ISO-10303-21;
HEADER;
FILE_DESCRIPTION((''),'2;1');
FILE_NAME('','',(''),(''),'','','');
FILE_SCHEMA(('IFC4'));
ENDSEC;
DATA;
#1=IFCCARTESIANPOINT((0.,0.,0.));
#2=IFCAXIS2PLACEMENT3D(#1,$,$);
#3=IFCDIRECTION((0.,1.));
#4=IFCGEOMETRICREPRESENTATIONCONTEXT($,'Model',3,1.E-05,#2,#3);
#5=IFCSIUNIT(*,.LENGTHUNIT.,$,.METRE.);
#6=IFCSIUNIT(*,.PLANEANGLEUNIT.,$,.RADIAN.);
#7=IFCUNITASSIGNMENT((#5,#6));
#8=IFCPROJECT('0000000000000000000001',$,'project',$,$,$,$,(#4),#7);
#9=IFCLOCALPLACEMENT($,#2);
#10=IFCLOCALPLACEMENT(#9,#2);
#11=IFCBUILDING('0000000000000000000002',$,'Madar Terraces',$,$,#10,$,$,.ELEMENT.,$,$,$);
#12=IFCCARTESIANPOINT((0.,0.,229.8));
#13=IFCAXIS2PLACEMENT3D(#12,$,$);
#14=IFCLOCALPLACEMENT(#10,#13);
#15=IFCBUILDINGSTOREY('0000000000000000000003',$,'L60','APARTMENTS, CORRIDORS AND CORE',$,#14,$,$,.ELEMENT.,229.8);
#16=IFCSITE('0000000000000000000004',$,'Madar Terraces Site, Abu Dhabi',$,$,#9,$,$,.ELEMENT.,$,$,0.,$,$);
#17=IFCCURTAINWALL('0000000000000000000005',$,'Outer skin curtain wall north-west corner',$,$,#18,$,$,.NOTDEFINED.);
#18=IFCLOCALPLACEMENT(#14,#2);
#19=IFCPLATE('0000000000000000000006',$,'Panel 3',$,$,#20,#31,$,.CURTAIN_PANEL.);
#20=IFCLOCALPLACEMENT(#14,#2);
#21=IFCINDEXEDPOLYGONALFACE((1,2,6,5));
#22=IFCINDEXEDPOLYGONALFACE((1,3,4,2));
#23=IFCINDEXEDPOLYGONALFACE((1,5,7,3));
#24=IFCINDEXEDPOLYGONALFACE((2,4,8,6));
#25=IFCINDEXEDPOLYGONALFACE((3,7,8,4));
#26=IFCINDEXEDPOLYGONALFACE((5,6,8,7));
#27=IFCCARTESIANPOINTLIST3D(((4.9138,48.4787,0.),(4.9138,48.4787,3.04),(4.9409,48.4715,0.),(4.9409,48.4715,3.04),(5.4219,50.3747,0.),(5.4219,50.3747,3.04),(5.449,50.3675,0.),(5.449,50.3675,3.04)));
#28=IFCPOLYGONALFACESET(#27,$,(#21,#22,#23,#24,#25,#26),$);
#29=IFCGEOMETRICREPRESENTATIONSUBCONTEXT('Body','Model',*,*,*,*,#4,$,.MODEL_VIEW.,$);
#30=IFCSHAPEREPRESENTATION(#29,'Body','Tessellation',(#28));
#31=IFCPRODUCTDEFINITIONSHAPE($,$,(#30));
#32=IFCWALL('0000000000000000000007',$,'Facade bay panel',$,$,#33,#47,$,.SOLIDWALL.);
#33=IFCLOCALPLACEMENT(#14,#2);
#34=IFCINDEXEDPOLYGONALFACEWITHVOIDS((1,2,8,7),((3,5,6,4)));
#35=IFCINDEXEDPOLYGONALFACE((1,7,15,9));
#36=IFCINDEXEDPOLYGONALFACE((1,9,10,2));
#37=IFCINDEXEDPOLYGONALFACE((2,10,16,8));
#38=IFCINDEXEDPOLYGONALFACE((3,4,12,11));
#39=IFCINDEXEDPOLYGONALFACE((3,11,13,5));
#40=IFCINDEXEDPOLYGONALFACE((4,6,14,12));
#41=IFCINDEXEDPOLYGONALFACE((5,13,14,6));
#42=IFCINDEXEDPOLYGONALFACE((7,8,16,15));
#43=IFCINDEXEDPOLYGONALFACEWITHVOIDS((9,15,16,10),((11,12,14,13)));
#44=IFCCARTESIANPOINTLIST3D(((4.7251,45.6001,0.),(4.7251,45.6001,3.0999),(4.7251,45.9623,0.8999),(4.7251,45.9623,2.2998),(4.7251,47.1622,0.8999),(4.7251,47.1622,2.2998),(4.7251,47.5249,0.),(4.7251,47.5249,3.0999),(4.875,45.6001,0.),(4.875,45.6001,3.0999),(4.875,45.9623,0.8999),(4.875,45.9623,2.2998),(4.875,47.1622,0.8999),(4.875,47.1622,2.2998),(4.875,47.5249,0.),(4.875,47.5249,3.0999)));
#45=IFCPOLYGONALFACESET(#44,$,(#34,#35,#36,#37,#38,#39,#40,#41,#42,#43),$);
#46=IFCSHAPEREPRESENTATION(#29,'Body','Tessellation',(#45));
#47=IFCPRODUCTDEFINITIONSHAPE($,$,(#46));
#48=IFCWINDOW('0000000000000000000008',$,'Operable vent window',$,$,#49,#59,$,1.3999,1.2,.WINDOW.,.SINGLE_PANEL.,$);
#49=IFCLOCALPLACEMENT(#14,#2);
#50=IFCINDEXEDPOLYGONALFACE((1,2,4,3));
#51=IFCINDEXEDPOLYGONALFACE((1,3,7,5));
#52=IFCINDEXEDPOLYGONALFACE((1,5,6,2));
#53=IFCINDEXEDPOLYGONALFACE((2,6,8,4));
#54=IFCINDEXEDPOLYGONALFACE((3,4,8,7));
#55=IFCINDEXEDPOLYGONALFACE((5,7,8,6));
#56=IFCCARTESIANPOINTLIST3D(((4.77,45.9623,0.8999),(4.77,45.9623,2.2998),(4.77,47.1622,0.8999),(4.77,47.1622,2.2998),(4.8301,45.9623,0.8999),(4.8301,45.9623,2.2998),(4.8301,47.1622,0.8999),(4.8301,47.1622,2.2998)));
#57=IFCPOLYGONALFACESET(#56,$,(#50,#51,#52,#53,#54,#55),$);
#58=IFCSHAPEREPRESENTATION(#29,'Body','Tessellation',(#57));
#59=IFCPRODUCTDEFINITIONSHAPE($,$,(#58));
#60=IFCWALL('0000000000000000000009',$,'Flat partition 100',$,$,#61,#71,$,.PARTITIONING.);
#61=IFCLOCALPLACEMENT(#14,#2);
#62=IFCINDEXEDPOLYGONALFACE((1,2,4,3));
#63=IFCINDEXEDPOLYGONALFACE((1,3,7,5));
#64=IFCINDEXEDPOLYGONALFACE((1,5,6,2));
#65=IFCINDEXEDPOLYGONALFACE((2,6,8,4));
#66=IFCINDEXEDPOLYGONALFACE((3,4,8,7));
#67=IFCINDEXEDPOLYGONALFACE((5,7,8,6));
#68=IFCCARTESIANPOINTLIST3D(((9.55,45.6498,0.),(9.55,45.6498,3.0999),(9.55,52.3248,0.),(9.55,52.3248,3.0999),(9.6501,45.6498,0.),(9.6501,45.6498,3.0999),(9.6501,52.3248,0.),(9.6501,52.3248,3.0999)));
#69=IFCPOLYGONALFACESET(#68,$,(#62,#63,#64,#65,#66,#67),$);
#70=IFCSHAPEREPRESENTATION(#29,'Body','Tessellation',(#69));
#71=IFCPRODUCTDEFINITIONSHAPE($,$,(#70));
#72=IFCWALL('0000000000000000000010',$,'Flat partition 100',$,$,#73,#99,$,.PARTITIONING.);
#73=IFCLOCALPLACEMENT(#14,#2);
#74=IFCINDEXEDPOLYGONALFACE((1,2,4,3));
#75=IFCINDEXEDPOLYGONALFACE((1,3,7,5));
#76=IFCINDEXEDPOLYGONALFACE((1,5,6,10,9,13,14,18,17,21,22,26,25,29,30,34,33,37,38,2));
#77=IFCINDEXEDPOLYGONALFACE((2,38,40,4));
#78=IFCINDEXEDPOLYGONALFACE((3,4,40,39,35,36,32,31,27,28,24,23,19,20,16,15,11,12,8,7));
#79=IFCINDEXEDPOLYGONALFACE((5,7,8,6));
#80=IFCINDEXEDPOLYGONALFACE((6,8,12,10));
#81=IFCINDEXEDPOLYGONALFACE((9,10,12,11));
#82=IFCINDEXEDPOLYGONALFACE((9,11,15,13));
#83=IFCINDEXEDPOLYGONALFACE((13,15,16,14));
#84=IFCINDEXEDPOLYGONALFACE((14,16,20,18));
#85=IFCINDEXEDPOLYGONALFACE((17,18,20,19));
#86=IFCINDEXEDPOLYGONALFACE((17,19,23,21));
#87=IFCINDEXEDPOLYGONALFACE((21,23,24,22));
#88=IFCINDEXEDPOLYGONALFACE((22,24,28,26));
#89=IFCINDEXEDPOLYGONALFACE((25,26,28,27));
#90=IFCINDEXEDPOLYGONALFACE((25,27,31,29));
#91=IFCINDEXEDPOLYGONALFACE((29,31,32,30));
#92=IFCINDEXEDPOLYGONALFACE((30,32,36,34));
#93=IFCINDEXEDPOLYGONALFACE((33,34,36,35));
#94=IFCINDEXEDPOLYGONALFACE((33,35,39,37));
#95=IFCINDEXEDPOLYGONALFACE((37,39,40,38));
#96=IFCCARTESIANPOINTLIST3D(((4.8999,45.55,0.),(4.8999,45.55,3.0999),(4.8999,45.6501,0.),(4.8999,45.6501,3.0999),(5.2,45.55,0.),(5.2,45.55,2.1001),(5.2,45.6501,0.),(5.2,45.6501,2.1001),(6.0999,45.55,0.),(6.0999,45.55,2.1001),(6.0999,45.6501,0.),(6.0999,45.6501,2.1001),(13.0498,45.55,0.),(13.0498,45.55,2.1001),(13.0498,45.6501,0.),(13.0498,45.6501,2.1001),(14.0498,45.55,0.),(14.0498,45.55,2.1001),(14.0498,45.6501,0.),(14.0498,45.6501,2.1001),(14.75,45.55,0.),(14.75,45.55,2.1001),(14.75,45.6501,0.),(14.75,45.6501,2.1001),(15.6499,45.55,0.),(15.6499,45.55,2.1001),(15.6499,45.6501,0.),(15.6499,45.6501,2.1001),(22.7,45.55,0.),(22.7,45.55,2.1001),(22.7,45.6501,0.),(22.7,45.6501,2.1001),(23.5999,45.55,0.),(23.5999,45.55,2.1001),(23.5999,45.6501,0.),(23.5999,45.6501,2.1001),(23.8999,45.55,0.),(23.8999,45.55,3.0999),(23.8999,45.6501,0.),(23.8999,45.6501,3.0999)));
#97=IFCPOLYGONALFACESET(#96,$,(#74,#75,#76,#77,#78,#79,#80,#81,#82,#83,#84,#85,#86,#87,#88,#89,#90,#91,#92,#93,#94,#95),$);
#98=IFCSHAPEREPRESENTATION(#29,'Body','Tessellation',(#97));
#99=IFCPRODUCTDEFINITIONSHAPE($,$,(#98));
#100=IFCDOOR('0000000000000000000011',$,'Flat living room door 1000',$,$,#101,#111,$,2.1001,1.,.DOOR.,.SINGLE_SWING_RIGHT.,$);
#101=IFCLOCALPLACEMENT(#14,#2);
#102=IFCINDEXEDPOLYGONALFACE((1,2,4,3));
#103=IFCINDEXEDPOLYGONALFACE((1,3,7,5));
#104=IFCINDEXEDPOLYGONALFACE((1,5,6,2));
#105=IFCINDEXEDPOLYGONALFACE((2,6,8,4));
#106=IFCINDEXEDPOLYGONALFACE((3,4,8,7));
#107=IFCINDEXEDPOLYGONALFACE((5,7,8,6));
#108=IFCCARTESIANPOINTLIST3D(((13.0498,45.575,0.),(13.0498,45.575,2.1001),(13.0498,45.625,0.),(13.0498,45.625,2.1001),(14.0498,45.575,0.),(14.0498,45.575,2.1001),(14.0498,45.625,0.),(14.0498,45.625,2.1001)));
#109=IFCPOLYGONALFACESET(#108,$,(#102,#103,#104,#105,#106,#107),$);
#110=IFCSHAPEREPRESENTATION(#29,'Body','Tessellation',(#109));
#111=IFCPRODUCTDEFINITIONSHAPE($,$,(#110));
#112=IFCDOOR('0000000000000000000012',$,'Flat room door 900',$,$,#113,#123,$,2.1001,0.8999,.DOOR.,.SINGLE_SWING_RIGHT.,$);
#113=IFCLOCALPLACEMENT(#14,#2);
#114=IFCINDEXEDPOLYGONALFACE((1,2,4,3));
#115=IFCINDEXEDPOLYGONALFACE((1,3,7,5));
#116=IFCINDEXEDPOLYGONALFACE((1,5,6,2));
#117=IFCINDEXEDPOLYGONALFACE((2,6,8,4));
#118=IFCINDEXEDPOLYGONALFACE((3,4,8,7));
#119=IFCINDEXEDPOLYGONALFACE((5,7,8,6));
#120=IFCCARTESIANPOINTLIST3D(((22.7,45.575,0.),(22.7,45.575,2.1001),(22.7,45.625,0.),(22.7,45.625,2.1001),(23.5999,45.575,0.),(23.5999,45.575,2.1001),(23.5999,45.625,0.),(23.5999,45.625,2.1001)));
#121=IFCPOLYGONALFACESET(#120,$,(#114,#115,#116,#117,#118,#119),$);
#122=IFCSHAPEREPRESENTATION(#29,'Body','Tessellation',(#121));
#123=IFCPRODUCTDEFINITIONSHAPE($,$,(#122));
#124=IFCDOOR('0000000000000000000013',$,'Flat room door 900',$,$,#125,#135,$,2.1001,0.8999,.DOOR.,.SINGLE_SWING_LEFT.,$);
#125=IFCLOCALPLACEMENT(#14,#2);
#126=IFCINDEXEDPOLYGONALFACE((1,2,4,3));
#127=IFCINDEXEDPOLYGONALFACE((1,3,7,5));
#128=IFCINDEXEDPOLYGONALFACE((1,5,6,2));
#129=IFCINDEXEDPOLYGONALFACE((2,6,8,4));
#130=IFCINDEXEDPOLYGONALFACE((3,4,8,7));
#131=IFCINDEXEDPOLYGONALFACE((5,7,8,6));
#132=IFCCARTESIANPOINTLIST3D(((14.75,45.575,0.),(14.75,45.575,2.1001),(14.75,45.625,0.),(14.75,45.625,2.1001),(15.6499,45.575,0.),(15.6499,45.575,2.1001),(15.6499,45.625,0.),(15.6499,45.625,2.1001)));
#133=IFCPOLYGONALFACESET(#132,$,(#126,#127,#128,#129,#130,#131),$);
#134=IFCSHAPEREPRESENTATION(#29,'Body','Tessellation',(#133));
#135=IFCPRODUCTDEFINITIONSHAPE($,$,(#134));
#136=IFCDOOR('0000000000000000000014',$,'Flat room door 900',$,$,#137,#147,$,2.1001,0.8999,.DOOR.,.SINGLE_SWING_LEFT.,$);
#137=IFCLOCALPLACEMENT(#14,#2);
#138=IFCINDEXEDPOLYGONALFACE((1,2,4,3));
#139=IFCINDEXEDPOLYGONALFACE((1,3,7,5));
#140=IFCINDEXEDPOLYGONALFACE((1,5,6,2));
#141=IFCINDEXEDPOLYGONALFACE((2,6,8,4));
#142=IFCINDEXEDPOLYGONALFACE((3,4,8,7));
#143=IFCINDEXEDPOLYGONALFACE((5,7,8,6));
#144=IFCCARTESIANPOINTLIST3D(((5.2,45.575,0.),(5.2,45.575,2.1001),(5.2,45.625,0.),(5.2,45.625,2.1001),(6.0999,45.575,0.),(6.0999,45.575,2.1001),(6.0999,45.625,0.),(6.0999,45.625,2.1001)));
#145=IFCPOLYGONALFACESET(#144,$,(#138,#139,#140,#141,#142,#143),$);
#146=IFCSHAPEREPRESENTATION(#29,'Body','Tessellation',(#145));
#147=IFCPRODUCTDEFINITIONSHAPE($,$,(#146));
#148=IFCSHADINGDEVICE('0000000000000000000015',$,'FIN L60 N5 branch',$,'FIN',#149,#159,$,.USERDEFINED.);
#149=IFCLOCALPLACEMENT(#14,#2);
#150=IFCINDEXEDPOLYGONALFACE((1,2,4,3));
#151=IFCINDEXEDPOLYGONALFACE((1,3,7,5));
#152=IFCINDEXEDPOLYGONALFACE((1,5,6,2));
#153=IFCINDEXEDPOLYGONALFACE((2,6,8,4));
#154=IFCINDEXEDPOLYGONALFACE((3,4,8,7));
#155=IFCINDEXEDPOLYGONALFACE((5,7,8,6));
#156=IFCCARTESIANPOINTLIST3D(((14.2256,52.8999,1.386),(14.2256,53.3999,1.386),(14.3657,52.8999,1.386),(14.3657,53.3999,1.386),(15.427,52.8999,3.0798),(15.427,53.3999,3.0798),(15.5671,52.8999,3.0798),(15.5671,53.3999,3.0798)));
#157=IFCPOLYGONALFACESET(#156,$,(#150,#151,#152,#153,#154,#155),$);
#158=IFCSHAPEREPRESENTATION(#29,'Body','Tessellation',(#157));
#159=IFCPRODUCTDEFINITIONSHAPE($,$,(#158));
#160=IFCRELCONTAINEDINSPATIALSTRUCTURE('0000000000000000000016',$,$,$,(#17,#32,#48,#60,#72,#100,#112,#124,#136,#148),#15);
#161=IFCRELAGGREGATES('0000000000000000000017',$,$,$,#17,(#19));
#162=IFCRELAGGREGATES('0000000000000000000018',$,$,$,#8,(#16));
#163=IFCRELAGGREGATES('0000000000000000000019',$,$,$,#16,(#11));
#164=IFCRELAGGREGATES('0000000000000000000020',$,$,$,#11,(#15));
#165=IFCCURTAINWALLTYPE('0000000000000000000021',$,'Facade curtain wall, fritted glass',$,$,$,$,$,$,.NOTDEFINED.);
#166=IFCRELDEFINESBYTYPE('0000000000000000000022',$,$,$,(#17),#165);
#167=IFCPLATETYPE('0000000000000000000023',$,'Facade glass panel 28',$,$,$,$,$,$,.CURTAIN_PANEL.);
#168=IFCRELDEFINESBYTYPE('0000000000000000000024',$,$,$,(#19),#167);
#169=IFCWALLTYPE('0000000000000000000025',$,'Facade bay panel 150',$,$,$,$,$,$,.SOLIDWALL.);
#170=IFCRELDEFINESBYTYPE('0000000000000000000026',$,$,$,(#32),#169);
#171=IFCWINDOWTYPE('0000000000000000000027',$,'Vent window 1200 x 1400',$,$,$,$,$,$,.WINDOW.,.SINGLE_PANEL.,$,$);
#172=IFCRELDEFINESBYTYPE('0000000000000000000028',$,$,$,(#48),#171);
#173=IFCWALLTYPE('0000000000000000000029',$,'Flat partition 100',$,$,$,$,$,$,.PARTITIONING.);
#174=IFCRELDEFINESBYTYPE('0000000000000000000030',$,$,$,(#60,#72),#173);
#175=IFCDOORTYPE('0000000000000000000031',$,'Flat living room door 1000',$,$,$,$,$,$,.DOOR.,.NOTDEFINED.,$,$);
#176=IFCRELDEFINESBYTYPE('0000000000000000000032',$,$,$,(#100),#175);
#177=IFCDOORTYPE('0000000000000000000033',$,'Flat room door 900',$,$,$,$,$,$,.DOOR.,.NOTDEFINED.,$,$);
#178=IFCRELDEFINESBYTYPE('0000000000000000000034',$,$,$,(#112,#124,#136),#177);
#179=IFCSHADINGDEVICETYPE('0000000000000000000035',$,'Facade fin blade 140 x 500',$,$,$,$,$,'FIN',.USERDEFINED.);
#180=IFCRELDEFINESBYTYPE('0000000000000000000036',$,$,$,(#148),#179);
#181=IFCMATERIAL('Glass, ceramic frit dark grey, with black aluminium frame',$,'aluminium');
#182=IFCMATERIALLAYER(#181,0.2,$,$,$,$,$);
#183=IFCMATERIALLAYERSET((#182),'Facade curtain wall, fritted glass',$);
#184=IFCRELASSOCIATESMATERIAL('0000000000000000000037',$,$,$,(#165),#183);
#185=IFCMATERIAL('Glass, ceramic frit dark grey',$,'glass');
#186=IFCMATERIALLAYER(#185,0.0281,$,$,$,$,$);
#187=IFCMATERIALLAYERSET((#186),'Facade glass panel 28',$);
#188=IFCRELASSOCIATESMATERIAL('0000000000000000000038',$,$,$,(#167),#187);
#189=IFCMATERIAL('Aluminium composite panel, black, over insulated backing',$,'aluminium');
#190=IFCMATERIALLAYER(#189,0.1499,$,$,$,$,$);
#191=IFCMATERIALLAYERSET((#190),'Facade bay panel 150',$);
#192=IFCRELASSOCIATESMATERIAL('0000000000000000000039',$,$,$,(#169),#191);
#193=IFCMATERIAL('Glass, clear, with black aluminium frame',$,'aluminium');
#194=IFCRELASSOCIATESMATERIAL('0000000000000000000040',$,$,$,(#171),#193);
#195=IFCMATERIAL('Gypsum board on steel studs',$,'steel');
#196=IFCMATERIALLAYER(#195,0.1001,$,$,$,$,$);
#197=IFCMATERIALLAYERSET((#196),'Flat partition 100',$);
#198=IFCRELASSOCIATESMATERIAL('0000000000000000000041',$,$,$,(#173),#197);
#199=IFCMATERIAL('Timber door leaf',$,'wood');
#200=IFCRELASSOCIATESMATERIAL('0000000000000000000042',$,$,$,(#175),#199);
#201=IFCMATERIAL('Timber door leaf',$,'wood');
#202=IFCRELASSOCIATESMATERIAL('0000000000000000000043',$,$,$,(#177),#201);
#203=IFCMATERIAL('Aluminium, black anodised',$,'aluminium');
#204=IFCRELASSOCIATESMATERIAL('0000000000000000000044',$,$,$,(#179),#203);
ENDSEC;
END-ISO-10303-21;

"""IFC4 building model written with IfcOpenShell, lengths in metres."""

from ifc_helpers import new_model, si_unit, direction, frame, frame_2d, origin, origin_2d, place, context, subcontext, project, spatial, polyline, rectangle, outline, extrude, material, layer, layer_set, type_object, element, fill, aggregate, save


model = new_model("IFC4")

# Units and contexts
model_context = context("Model", 3, precision=1e-05, world=origin(), true_north=direction((0.0, 1.0)))
body_context = subcontext(model_context, "Body", "Model", "MODEL_VIEW")
ifc_project = project(units=[si_unit("LENGTHUNIT", "METRE"), si_unit("PLANEANGLEUNIT", "RADIAN")], contexts=[model_context])

# Site, building, storey
site_placement = place(None, origin())
site = spatial("IfcSite", under=ifc_project, at=site_placement, Name="Madar Terraces Site, Abu Dhabi", CompositionType="ELEMENT", RefElevation=0.0)
building_placement = place(site_placement, origin())
building = spatial("IfcBuilding", under=site, at=building_placement, Name="Madar Terraces", CompositionType="ELEMENT")
storey_placement = place(building_placement, frame((0.0, 0.0, 229.8)))
storey = spatial("IfcBuildingStorey", under=building, at=storey_placement, Name="L60", Description="APARTMENTS, CORRIDORS AND CORE", CompositionType="ELEMENT", Elevation=229.8)

# Shared definitions
ifc_material_1 = material(Name="Glass, ceramic frit dark grey, with black aluminium frame", Category="aluminium")
ifc_layer_1 = layer(ifc_material_1, 0.2)
ifc_layer_set_1 = layer_set([ifc_layer_1], Name="Facade curtain wall, fritted glass")
curtain_wall_type = type_object("IfcCurtainWallType", Name="Facade curtain wall, fritted glass", PredefinedType="NOTDEFINED", material=ifc_layer_set_1)

# Curtain wall
curtain_wall_1_placement = place(storey_placement, origin())
curtain_wall_1 = element("IfcCurtainWall", 1, at=curtain_wall_1_placement, inside=storey, type_object=curtain_wall_type, Name="Outer skin curtain wall north-west corner", PredefinedType="NOTDEFINED")

# Shared definitions
ifc_material_2 = material(Name="Glass, ceramic frit dark grey", Category="glass")
ifc_layer_2 = layer(ifc_material_2, 0.0281)
ifc_layer_set_2 = layer_set([ifc_layer_2], Name="Facade glass panel 28")
plate_type = type_object("IfcPlateType", Name="Facade glass panel 28", PredefinedType="CURTAIN_PANEL", material=ifc_layer_set_2)

# Plate
plate_1_placement = place(storey_placement, frame((5.1814, 49.4231, 0.0), z_axis=(0.0, 0.0, 1.0), x_axis=(-0.258819, -0.965926, 0.0)))
plate_1 = element("IfcPlate", 2, at=plate_1_placement, type_object=plate_type, Name="Panel 3", PredefinedType="CURTAIN_PANEL", context=body_context, shape_type="SweptSolid", body=[
    extrude(rectangle(XDim=1.9629, YDim=0.0281, at=origin_2d()), origin(), (0.0, 0.0, 1.0), 3.04),
])
aggregate(curtain_wall_1, [plate_1])

# Wall, opening, window
ifc_material_3 = material(Name="Aluminium composite panel, black, over insulated backing", Category="aluminium")
ifc_layer_3 = layer(ifc_material_3, 0.1499)
ifc_layer_set_3 = layer_set([ifc_layer_3], Name="Facade bay panel 150")
wall_type_1 = type_object("IfcWallType", Name="Facade bay panel 150", PredefinedType="SOLIDWALL", material=ifc_layer_set_3)
wall_1_placement = place(storey_placement, frame((4.8, 47.5249, 0.0), z_axis=(0.0, 0.0, 1.0), x_axis=(0.0, -1.0, 0.0)))
wall_1 = element("IfcWall", 3, at=wall_1_placement, inside=storey, type_object=wall_type_1, Name="Facade bay panel", PredefinedType="SOLIDWALL", context=body_context, shape_type="SweptSolid", body=[
    extrude(rectangle(XDim=1.9248, YDim=0.1499, at=frame_2d((0.9624, 0.0))), origin(), (0.0, 0.0, 1.0), 3.0999),
])
opening_1_placement = place(wall_1_placement, frame((0.3625, 0.0, 0.8999)))
opening_1 = element("IfcOpeningElement", 4, at=opening_1_placement, cuts=wall_1, PredefinedType="OPENING", context=body_context, shape_type="SweptSolid", body=[
    extrude(rectangle(XDim=1.2, YDim=1.3999, at=frame_2d((0.6001, 0.7))), frame((0.0, 0.085, 0.0), z_axis=(0.0, -1.0, 0.0), x_axis=(1.0, 0.0, 0.0)), (0.0, 0.0, 1.0), 0.1699),
])
ifc_material_4 = material(Name="Glass, clear, with black aluminium frame", Category="aluminium")
window_type = type_object("IfcWindowType", Name="Vent window 1200 x 1400", PartitioningType="SINGLE_PANEL", PredefinedType="WINDOW", material=ifc_material_4)
window_placement = place(opening_1_placement, origin())
window = element("IfcWindow", 5, at=window_placement, inside=storey, type_object=window_type, Name="Operable vent window", OverallHeight=1.3999, OverallWidth=1.2, PartitioningType="SINGLE_PANEL", PredefinedType="WINDOW", context=body_context, shape_type="SweptSolid", body=[
    extrude(rectangle(XDim=1.2, YDim=1.3999, at=frame_2d((0.6001, 0.7))), frame((0.0, 0.03, 0.0), z_axis=(0.0, -1.0, 0.0), x_axis=(1.0, 0.0, 0.0)), (0.0, 0.0, 1.0), 0.0601),
])
fill(opening_1, window)

# Wall
ifc_material_5 = material(Name="Gypsum board on steel studs", Category="steel")
ifc_layer_4 = layer(ifc_material_5, 0.1001)
ifc_layer_set_4 = layer_set([ifc_layer_4], Name="Flat partition 100")
wall_type_2 = type_object("IfcWallType", Name="Flat partition 100", PredefinedType="PARTITIONING", material=ifc_layer_set_4)
wall_2_placement = place(storey_placement, frame((9.6001, 45.6499, 0.0), z_axis=(0.0, 0.0, 1.0), x_axis=(0.0, 1.0, 0.0)))
element("IfcWall", 6, at=wall_2_placement, inside=storey, type_object=wall_type_2, Name="Flat partition 100", PredefinedType="PARTITIONING", context=body_context, shape_type="SweptSolid", body=[
    extrude(rectangle(XDim=6.675, YDim=0.1001, at=frame_2d((3.3374, 0.0))), origin(), (0.0, 0.0, 1.0), 3.0999),
])

# Wall, openings, doors
wall_3_placement = place(storey_placement, frame((4.8999, 45.6001, 0.0), z_axis=(0.0, 0.0, 1.0), x_axis=(1.0, 0.0, 0.0)))
wall_3 = element("IfcWall", 7, at=wall_3_placement, inside=storey, type_object=wall_type_2, Name="Flat partition 100", PredefinedType="PARTITIONING", context=body_context, shape_type="SweptSolid", body=[
    extrude(rectangle(XDim=19.0, YDim=0.1001, at=frame_2d((9.5, 0.0))), origin(), (0.0, 0.0, 1.0), 3.0999),
])
opening_2_placement = place(wall_3_placement, frame((17.8, 0.0, 0.0)))
opening_2 = element("IfcOpeningElement", 8, at=opening_2_placement, cuts=wall_3, PredefinedType="OPENING", context=body_context, shape_type="SweptSolid", body=[
    extrude(rectangle(XDim=0.8999, YDim=2.1001, at=frame_2d((0.45, 1.05))), frame((0.0, 0.0601, 0.0), z_axis=(0.0, -1.0, 0.0), x_axis=(1.0, 0.0, 0.0)), (0.0, 0.0, 1.0), 0.1201),
])
opening_3_placement = place(wall_3_placement, frame((9.8501, 0.0, 0.0)))
opening_3 = element("IfcOpeningElement", 9, at=opening_3_placement, cuts=wall_3, PredefinedType="OPENING", context=body_context, shape_type="SweptSolid", body=[
    extrude(rectangle(XDim=0.8999, YDim=2.1001, at=frame_2d((0.45, 1.05))), frame((0.0, 0.0601, 0.0), z_axis=(0.0, -1.0, 0.0), x_axis=(1.0, 0.0, 0.0)), (0.0, 0.0, 1.0), 0.1201),
])
opening_4_placement = place(wall_3_placement, frame((8.1499, 0.0, 0.0)))
opening_4 = element("IfcOpeningElement", 10, at=opening_4_placement, cuts=wall_3, PredefinedType="OPENING", context=body_context, shape_type="SweptSolid", body=[
    extrude(rectangle(XDim=1.0, YDim=2.1001, at=frame_2d((0.5, 1.05))), frame((0.0, 0.0601, 0.0), z_axis=(0.0, -1.0, 0.0), x_axis=(1.0, 0.0, 0.0)), (0.0, 0.0, 1.0), 0.1201),
])
opening_5_placement = place(wall_3_placement, frame((0.3, 0.0, 0.0)))
opening_5 = element("IfcOpeningElement", 11, at=opening_5_placement, cuts=wall_3, PredefinedType="OPENING", context=body_context, shape_type="SweptSolid", body=[
    extrude(rectangle(XDim=0.8999, YDim=2.1001, at=frame_2d((0.45, 1.05))), frame((0.0, 0.0601, 0.0), z_axis=(0.0, -1.0, 0.0), x_axis=(1.0, 0.0, 0.0)), (0.0, 0.0, 1.0), 0.1201),
])
ifc_material_6 = material(Name="Timber door leaf", Category="wood")
door_type_1 = type_object("IfcDoorType", Name="Flat living room door 1000", OperationType="NOTDEFINED", PredefinedType="DOOR", material=ifc_material_6)
door_1_placement = place(opening_4_placement, origin())
door_1 = element("IfcDoor", 12, at=door_1_placement, inside=storey, type_object=door_type_1, Name="Flat living room door 1000", OperationType="SINGLE_SWING_RIGHT", OverallHeight=2.1001, OverallWidth=1.0, PredefinedType="DOOR", context=body_context, shape_type="SweptSolid", body=[
    extrude(rectangle(XDim=1.0, YDim=2.1001, at=frame_2d((0.5, 1.05))), frame((0.0, 0.0249, 0.0), z_axis=(0.0, -1.0, 0.0), x_axis=(1.0, 0.0, 0.0)), (0.0, 0.0, 1.0), 0.05),
])
fill(opening_4, door_1)
ifc_material_7 = material(Name="Timber door leaf", Category="wood")
door_type_2 = type_object("IfcDoorType", Name="Flat room door 900", OperationType="NOTDEFINED", PredefinedType="DOOR", material=ifc_material_7)
door_2_placement = place(opening_2_placement, origin())
door_2 = element("IfcDoor", 13, at=door_2_placement, inside=storey, type_object=door_type_2, Name="Flat room door 900", OperationType="SINGLE_SWING_RIGHT", OverallHeight=2.1001, OverallWidth=0.8999, PredefinedType="DOOR", context=body_context, shape_type="SweptSolid", body=[
    extrude(rectangle(XDim=0.8999, YDim=2.1001, at=frame_2d((0.45, 1.05))), frame((0.0, 0.0249, 0.0), z_axis=(0.0, -1.0, 0.0), x_axis=(1.0, 0.0, 0.0)), (0.0, 0.0, 1.0), 0.05),
])
fill(opening_2, door_2)
door_3_placement = place(opening_3_placement, origin())
door_3 = element("IfcDoor", 14, at=door_3_placement, inside=storey, type_object=door_type_2, Name="Flat room door 900", OperationType="SINGLE_SWING_LEFT", OverallHeight=2.1001, OverallWidth=0.8999, PredefinedType="DOOR", context=body_context, shape_type="SweptSolid", body=[
    extrude(rectangle(XDim=0.8999, YDim=2.1001, at=frame_2d((0.45, 1.05))), frame((0.0, 0.0249, 0.0), z_axis=(0.0, -1.0, 0.0), x_axis=(1.0, 0.0, 0.0)), (0.0, 0.0, 1.0), 0.05),
])
fill(opening_3, door_3)
door_4_placement = place(opening_5_placement, origin())
door_4 = element("IfcDoor", 15, at=door_4_placement, inside=storey, type_object=door_type_2, Name="Flat room door 900", OperationType="SINGLE_SWING_LEFT", OverallHeight=2.1001, OverallWidth=0.8999, PredefinedType="DOOR", context=body_context, shape_type="SweptSolid", body=[
    extrude(rectangle(XDim=0.8999, YDim=2.1001, at=frame_2d((0.45, 1.05))), frame((0.0, 0.0249, 0.0), z_axis=(0.0, -1.0, 0.0), x_axis=(1.0, 0.0, 0.0)), (0.0, 0.0, 1.0), 0.05),
])
fill(opening_5, door_4)

# Shading device
ifc_material_8 = material(Name="Aluminium, black anodised", Category="aluminium")
shading_device_type = type_object("IfcShadingDeviceType", Name="Facade fin blade 140 x 500", ElementType="FIN", PredefinedType="USERDEFINED", material=ifc_material_8)
shading_device_1_placement = place(storey_placement, frame((14.3657, 53.1499, 1.386), z_axis=(0.0, 0.0, 1.0), x_axis=(-1.0, 0.0, 0.0)))
element("IfcShadingDevice", 16, at=shading_device_1_placement, inside=storey, type_object=shading_device_type, Name="FIN L60 N5 branch", ObjectType="FIN", PredefinedType="USERDEFINED", context=body_context, shape_type="SweptSolid", body=[
    extrude(outline(polyline([(0.0, 0.0), (0.1401, 0.0), (-1.0613, 1.6938), (-1.2014, 1.6938), (0.0, 0.0)])), frame((0.0, 0.25, 0.0), z_axis=(0.0, -1.0, 0.0), x_axis=(1.0, 0.0, 0.0)), (0.0, 0.0, 1.0), 0.5),
])

save(model, "model.ifc")
